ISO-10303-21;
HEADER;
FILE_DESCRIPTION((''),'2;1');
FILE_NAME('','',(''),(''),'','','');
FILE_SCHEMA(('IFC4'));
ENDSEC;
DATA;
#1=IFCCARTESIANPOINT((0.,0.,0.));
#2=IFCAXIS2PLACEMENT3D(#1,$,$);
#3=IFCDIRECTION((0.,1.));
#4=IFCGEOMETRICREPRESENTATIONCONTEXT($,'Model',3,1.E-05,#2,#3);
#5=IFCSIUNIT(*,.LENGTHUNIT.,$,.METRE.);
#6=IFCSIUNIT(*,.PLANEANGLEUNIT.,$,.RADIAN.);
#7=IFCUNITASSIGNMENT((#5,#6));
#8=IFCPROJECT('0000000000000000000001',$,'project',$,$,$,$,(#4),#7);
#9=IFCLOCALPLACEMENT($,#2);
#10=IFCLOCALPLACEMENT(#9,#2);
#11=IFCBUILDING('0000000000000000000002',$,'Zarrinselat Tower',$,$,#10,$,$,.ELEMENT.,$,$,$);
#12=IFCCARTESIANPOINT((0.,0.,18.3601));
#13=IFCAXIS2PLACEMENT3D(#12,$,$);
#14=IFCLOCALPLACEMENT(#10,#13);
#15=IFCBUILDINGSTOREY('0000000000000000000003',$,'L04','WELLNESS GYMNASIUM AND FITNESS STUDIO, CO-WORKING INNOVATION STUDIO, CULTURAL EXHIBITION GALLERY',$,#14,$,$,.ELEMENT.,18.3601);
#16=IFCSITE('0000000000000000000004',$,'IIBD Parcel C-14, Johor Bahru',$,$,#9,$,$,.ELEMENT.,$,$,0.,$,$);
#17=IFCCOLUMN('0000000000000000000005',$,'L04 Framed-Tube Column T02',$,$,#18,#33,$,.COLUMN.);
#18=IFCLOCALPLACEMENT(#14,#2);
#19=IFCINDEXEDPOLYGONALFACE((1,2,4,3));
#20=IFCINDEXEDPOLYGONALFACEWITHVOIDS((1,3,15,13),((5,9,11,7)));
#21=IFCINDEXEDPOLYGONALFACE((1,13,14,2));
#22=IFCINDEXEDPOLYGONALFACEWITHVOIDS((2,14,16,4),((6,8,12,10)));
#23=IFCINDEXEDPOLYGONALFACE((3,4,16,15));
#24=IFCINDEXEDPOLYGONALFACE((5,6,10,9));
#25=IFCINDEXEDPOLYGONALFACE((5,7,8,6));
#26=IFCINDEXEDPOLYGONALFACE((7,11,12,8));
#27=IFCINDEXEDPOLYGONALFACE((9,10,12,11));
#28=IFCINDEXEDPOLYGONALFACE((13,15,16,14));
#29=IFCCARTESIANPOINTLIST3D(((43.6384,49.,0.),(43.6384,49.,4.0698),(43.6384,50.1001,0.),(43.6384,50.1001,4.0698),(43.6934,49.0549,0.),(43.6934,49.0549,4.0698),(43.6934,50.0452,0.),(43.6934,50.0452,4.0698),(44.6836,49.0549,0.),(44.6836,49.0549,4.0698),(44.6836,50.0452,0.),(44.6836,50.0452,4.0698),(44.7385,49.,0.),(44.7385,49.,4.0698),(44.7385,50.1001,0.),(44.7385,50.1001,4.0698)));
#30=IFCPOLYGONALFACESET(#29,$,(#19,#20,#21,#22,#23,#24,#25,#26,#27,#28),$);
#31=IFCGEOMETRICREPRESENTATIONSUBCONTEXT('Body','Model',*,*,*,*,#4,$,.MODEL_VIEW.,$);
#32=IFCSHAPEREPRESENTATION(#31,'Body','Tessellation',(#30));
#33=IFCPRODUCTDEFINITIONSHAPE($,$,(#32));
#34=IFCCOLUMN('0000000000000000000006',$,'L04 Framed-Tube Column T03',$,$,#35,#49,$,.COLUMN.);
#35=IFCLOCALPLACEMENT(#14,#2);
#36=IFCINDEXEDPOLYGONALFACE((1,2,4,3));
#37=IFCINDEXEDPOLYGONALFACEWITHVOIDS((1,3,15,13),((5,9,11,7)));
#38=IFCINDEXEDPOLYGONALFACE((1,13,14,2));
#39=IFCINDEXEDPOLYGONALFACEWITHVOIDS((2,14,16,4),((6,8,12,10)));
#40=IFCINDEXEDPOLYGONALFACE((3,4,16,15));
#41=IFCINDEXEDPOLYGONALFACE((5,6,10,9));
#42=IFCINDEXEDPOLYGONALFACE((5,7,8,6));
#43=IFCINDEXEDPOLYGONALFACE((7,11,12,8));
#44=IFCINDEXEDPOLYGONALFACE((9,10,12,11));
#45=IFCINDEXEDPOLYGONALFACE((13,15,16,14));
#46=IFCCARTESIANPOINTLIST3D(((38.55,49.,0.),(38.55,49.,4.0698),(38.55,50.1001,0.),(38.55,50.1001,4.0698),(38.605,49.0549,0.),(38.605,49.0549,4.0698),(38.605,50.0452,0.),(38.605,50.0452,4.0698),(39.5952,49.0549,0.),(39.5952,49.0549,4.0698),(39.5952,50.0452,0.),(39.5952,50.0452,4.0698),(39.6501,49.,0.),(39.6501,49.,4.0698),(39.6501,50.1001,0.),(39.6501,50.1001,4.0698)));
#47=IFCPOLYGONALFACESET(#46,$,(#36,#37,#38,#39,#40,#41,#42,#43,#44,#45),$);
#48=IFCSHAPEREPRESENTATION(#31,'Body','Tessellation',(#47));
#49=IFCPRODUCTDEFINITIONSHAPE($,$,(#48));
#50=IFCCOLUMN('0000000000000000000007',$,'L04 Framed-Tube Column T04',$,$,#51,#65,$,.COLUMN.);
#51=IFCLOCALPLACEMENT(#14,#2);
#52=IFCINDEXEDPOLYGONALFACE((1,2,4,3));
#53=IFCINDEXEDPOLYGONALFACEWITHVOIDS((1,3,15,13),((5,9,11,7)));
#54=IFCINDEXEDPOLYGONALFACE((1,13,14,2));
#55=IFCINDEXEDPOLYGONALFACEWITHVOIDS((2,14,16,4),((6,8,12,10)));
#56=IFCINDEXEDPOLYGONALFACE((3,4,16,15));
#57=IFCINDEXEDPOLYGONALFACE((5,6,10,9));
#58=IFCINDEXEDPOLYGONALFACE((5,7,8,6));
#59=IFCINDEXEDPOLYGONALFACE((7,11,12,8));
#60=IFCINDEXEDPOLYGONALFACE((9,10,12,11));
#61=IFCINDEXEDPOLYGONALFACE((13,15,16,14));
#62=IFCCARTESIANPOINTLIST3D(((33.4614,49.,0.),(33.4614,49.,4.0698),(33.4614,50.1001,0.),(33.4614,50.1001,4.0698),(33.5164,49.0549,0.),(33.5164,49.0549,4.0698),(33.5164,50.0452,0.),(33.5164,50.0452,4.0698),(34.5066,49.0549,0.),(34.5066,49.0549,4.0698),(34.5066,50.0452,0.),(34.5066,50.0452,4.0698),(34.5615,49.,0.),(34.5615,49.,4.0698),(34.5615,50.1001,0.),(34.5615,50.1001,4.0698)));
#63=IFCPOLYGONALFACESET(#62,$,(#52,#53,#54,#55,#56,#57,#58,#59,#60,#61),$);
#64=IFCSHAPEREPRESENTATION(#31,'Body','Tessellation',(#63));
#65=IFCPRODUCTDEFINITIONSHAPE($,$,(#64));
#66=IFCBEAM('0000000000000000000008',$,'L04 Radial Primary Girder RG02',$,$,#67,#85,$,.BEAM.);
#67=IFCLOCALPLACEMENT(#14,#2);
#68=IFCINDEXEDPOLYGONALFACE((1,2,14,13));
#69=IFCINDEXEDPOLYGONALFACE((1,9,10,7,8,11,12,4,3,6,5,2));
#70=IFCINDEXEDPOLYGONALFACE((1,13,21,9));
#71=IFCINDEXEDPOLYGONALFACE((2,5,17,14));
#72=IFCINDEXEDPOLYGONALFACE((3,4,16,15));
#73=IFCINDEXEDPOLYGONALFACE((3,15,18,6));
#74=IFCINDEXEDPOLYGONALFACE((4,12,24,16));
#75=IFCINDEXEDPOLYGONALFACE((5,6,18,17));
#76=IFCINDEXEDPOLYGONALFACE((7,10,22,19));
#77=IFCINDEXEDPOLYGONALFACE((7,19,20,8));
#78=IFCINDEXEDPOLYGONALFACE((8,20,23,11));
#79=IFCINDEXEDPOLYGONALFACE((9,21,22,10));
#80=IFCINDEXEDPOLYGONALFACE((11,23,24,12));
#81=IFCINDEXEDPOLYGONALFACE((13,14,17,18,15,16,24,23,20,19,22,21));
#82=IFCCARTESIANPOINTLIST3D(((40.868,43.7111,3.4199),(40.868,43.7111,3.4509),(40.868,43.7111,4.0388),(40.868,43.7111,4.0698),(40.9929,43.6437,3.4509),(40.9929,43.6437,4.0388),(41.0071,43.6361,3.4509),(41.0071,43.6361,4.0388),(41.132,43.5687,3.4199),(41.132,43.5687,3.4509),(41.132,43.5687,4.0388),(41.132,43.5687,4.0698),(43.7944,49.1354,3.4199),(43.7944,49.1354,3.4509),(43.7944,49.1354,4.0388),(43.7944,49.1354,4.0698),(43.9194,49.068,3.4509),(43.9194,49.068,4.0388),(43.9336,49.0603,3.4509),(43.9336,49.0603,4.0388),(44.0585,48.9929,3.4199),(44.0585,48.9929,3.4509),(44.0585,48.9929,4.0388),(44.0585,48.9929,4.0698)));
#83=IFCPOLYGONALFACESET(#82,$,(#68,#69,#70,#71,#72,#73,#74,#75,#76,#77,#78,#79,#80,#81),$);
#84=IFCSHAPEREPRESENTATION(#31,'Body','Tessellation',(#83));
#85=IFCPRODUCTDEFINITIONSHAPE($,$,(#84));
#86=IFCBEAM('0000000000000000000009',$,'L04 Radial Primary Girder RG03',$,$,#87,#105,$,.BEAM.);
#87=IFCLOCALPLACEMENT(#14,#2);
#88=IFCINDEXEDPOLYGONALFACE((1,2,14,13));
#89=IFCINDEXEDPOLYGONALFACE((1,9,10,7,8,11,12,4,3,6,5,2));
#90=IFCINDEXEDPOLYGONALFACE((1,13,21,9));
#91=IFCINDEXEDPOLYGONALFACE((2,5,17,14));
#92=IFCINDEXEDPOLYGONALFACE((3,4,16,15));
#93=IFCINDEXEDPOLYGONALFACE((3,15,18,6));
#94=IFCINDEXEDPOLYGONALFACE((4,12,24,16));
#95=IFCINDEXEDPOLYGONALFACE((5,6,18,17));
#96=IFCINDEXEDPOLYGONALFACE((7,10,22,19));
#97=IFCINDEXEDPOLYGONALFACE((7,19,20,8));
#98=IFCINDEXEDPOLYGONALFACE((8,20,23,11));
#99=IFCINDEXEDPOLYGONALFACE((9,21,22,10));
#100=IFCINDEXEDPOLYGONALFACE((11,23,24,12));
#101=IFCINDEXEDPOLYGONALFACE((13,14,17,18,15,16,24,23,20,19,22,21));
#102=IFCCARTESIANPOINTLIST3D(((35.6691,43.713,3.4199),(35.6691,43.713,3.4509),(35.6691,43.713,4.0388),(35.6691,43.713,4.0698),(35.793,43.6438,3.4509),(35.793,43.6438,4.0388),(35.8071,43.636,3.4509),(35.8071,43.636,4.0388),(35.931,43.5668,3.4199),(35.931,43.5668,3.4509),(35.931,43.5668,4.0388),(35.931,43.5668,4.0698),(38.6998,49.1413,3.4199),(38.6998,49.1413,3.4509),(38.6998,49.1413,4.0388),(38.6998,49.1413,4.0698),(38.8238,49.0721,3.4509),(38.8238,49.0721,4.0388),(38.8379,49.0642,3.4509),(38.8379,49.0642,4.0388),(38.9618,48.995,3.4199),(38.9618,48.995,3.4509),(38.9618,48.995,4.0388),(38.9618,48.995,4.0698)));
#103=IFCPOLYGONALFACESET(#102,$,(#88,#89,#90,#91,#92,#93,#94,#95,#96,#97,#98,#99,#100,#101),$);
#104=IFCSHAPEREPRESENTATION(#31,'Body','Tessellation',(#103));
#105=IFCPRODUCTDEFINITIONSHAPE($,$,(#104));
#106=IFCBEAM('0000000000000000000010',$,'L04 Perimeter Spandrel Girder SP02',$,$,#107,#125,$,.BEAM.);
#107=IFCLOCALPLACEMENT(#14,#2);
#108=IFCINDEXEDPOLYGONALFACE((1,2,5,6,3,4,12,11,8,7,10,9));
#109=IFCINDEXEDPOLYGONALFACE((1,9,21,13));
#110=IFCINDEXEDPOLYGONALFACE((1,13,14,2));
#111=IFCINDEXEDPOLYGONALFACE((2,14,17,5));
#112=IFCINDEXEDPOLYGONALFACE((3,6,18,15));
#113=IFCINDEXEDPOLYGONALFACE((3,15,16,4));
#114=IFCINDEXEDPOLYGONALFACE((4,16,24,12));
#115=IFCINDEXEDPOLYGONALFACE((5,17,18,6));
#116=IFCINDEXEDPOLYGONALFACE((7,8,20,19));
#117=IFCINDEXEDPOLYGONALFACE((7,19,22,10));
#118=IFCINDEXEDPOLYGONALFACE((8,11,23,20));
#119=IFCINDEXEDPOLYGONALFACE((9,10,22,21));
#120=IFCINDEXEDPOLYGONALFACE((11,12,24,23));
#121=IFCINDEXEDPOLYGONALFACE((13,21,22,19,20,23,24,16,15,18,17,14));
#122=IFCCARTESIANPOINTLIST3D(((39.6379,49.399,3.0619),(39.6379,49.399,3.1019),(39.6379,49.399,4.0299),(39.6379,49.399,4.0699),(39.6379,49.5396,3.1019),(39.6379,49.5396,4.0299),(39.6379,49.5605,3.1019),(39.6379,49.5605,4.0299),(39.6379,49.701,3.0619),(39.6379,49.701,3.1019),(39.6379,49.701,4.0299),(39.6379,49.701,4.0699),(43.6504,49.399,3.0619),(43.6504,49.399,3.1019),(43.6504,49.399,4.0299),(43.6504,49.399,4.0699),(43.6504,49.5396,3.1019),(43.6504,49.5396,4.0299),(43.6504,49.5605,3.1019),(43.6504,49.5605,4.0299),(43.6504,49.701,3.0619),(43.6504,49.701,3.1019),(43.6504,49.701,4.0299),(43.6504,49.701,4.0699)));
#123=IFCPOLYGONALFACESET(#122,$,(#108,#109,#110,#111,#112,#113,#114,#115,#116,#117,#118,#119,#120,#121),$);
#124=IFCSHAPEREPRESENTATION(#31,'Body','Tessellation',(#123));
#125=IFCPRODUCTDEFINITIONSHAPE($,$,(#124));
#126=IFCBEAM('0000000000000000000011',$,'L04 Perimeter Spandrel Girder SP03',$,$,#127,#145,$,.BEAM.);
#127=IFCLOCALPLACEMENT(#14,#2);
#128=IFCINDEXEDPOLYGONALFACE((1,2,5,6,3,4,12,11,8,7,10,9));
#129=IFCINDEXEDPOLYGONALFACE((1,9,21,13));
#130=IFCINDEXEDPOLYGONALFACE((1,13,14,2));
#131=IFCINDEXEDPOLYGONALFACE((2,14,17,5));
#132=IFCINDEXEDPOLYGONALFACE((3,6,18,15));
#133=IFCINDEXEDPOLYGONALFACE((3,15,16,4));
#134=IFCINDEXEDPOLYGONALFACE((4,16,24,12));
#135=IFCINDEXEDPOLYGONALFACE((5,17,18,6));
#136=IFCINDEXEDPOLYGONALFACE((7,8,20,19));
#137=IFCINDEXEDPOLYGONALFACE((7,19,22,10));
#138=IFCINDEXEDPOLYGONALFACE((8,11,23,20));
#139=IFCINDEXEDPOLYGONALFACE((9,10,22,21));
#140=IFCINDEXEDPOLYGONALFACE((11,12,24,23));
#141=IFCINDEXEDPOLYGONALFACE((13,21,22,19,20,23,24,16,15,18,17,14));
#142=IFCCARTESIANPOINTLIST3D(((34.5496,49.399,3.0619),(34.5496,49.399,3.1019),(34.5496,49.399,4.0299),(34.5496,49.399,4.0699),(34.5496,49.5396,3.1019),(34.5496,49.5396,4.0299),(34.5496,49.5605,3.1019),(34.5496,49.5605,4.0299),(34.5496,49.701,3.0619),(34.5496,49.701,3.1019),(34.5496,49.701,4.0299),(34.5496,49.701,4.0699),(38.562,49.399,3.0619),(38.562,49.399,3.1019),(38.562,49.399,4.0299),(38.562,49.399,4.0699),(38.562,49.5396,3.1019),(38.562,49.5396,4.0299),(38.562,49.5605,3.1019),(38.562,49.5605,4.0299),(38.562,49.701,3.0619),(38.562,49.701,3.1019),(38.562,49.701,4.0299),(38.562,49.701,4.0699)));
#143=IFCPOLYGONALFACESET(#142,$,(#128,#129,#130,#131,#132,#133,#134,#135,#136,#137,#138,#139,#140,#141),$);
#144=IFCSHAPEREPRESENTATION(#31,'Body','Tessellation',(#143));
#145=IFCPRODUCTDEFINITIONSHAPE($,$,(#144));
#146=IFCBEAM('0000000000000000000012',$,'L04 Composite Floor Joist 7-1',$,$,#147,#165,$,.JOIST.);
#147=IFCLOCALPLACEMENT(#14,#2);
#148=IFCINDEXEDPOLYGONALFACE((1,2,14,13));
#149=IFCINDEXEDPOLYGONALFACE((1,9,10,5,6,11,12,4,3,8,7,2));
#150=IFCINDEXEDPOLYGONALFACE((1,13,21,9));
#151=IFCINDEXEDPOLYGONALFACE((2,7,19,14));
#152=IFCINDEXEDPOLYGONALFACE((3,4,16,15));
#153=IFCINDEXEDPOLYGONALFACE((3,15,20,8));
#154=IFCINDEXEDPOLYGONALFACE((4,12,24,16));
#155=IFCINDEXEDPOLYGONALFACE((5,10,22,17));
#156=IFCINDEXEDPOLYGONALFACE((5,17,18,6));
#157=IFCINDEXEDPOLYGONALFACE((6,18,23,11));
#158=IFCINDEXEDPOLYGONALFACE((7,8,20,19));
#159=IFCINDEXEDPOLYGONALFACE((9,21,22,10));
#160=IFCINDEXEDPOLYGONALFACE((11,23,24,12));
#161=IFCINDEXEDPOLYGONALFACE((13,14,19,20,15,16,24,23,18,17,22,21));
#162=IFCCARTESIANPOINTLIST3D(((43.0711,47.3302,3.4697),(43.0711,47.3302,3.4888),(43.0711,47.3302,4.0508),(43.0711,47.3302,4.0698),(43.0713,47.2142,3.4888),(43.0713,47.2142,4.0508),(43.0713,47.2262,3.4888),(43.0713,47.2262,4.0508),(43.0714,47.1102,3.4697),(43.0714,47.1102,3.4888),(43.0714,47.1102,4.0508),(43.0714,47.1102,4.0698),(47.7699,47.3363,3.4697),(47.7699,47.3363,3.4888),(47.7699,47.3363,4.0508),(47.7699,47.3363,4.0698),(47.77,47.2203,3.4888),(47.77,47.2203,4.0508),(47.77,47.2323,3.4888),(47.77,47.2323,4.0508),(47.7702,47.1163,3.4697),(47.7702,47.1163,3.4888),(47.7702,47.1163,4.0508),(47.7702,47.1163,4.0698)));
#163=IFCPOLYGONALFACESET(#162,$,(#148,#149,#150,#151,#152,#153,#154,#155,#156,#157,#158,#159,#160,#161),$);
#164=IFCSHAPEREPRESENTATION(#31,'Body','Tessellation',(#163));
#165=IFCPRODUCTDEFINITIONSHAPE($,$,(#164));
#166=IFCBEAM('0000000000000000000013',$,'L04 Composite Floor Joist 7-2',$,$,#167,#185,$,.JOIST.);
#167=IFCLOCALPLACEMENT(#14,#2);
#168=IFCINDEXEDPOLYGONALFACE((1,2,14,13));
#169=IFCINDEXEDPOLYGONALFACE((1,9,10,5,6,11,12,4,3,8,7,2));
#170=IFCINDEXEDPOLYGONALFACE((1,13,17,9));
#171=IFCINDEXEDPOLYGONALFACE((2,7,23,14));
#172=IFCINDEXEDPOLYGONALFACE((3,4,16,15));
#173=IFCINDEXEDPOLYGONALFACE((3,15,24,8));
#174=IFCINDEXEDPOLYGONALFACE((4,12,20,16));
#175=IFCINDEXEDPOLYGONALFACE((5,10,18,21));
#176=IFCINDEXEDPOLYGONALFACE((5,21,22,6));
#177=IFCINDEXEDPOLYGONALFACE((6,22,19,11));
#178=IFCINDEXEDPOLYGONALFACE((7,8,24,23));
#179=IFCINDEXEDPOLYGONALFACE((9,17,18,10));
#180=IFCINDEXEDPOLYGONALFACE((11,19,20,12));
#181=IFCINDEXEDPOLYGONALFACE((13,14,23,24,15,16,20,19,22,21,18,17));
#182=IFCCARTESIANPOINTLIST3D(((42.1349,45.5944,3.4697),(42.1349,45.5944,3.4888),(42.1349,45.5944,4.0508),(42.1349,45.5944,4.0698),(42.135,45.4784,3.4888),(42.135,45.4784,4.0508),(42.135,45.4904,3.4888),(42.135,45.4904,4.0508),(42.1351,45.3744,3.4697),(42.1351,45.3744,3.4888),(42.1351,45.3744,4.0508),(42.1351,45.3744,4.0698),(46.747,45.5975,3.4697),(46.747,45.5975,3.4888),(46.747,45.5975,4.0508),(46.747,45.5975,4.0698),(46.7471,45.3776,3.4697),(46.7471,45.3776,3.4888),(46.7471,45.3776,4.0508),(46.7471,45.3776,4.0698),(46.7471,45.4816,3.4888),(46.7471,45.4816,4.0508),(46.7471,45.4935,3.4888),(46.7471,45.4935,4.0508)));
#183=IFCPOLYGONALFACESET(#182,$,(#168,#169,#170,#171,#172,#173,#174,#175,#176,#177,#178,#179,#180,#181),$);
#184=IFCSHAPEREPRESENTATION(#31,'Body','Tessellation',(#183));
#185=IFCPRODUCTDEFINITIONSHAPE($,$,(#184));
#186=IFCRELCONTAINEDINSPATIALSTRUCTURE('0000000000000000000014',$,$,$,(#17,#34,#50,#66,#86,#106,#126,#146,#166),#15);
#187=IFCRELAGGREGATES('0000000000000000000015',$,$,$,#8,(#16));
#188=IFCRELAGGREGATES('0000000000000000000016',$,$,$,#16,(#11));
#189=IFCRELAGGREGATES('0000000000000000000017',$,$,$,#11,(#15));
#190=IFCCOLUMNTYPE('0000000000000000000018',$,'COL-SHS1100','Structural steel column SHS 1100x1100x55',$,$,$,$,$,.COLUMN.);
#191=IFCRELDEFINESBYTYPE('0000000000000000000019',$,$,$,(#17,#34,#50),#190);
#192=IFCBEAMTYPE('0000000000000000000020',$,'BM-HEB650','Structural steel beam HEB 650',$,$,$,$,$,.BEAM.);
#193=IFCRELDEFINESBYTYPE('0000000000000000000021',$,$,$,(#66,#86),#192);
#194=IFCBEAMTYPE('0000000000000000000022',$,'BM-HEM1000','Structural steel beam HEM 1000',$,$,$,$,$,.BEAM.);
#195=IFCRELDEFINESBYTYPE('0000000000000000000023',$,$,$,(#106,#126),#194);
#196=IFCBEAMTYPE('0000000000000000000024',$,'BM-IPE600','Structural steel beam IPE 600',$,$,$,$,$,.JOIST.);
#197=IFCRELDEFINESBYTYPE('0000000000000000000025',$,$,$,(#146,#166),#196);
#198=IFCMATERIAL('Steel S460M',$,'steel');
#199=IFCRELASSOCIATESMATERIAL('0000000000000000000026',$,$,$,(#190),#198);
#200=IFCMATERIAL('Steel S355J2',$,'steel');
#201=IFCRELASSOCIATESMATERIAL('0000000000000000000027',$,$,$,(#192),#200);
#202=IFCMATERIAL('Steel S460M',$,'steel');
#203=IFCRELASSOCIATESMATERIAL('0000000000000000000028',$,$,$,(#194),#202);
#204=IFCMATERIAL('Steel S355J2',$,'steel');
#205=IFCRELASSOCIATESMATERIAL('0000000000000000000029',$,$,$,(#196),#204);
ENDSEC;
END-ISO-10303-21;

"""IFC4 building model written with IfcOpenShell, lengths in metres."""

from ifc_helpers import new_model, si_unit, direction, frame, origin, origin_2d, place, context, subcontext, project, spatial, hollow_rectangle, i_section, extrude, material, material_profile, profile_set, type_object, element, save


model = new_model("IFC4")

# Units and contexts
model_context = context("Model", 3, precision=1e-05, world=origin(), true_north=direction((0.0, 1.0)))
body_context = subcontext(model_context, "Body", "Model", "MODEL_VIEW")
ifc_project = project(units=[si_unit("LENGTHUNIT", "METRE"), si_unit("PLANEANGLEUNIT", "RADIAN")], contexts=[model_context])

# Site, building, storey
site_placement = place(None, origin())
site = spatial("IfcSite", under=ifc_project, at=site_placement, Name="IIBD Parcel C-14, Johor Bahru", CompositionType="ELEMENT", RefElevation=0.0)
building_placement = place(site_placement, origin())
building = spatial("IfcBuilding", under=site, at=building_placement, Name="Zarrinselat Tower", CompositionType="ELEMENT")
storey_placement = place(building_placement, frame((0.0, 0.0, 18.3601)))
storey = spatial("IfcBuildingStorey", under=building, at=storey_placement, Name="L04", Description="WELLNESS GYMNASIUM AND FITNESS STUDIO, CO-WORKING INNOVATION STUDIO, CULTURAL EXHIBITION GALLERY", CompositionType="ELEMENT", Elevation=18.3601)

# Columns
ifc_material_1 = material(Name="Steel S460M", Category="steel")
ifc_material_profile_1 = material_profile(ifc_material_1, hollow_rectangle(XDim=1.1001, YDim=1.1001, WallThickness=0.0549, at=origin_2d()), Name="SHS 1100x1100x55")
ifc_profile_set_1 = profile_set([ifc_material_profile_1], Name="Steel S460M")
column_type = type_object("IfcColumnType", Name="COL-SHS1100", Description="Structural steel column SHS 1100x1100x55", PredefinedType="COLUMN", material=ifc_profile_set_1)
for number, where, z_axis, x_axis, name in (
    (1, (44.1885, 49.55, 0.0), (0.0, 0.0, 1.0), (1.0, 0.0, 0.0), "L04 Framed-Tube Column T02"),
    (2, (39.1001, 49.55, 0.0), (0.0, 0.0, 1.0), (1.0, 0.0, 0.0), "L04 Framed-Tube Column T03"),
    (3, (34.0115, 49.55, 0.0), (0.0, 0.0, 1.0), (1.0, 0.0, 0.0), "L04 Framed-Tube Column T04"),
):
    element("IfcColumn", number, at=place(storey_placement, frame(where, z_axis=z_axis, x_axis=x_axis)), inside=storey, type_object=column_type, Name=name, PredefinedType="COLUMN", context=body_context, shape_type="SweptSolid", body=[
        extrude(hollow_rectangle(XDim=1.1001, YDim=1.1001, WallThickness=0.0549, at=origin_2d()), origin(), (0.0, 0.0, 1.0), 4.0698),
    ])

# Beams
ifc_material_2 = material(Name="Steel S355J2", Category="steel")
ifc_material_profile_2 = material_profile(ifc_material_2, i_section(OverallWidth=0.3, OverallDepth=0.6499, WebThickness=0.0161, FlangeThickness=0.031, at=origin_2d()), Name="HEB 650")
ifc_profile_set_2 = profile_set([ifc_material_profile_2], Name="Steel S355J2")
beam_type_1 = type_object("IfcBeamType", Name="BM-HEB650", Description="Structural steel beam HEB 650", PredefinedType="BEAM", material=ifc_profile_set_2)
beam_1_placement = place(storey_placement, frame((41.0, 43.6399, 3.7449), z_axis=(0.47482, 0.880083, 0.0), x_axis=(-0.880083, 0.47482, 0.0)))
element("IfcBeam", 4, at=beam_1_placement, inside=storey, type_object=beam_type_1, Name="L04 Radial Primary Girder RG02", PredefinedType="BEAM", context=body_context, shape_type="SweptSolid", body=[
    extrude(i_section(OverallWidth=0.3, OverallDepth=0.6499, WebThickness=0.0161, FlangeThickness=0.031, at=origin_2d()), origin(), (0.0, 0.0, 1.0), 6.1633),
])
beam_2_placement = place(storey_placement, frame((35.8, 43.6399, 3.7449), z_axis=(0.487496, 0.873125, 0.0), x_axis=(-0.873125, 0.487496, 0.0)))
element("IfcBeam", 5, at=beam_2_placement, inside=storey, type_object=beam_type_1, Name="L04 Radial Primary Girder RG03", PredefinedType="BEAM", context=body_context, shape_type="SweptSolid", body=[
    extrude(i_section(OverallWidth=0.3, OverallDepth=0.6499, WebThickness=0.0161, FlangeThickness=0.031, at=origin_2d()), origin(), (0.0, 0.0, 1.0), 6.217),
])
ifc_material_3 = material(Name="Steel S460M", Category="steel")
ifc_material_profile_3 = material_profile(ifc_material_3, i_section(OverallWidth=0.302, OverallDepth=1.0081, WebThickness=0.021, FlangeThickness=0.04, at=origin_2d()), Name="HEM 1000")
ifc_profile_set_3 = profile_set([ifc_material_profile_3], Name="Steel S460M")
beam_type_2 = type_object("IfcBeamType", Name="BM-HEM1000", Description="Structural steel beam HEM 1000", PredefinedType="BEAM", material=ifc_profile_set_3)
for number, where, z_axis, x_axis, name in (
    (6, (39.6379, 49.55, 3.5659), (1.0, 0.0, 0.0), (0.0, 1.0, 0.0), "L04 Perimeter Spandrel Girder SP02"),
    (7, (34.5496, 49.55, 3.5659), (1.0, 0.0, 0.0), (0.0, 1.0, 0.0), "L04 Perimeter Spandrel Girder SP03"),
):
    element("IfcBeam", number, at=place(storey_placement, frame(where, z_axis=z_axis, x_axis=x_axis)), inside=storey, type_object=beam_type_2, Name=name, PredefinedType="BEAM", context=body_context, shape_type="SweptSolid", body=[
        extrude(i_section(OverallWidth=0.302, OverallDepth=1.0081, WebThickness=0.021, FlangeThickness=0.04, at=origin_2d()), origin(), (0.0, 0.0, 1.0), 4.0125),
    ])
ifc_material_4 = material(Name="Steel S355J2", Category="steel")
ifc_material_profile_4 = material_profile(ifc_material_4, i_section(OverallWidth=0.22, OverallDepth=0.6001, WebThickness=0.012, FlangeThickness=0.019, at=origin_2d()), Name="IPE 600")
ifc_profile_set_4 = profile_set([ifc_material_profile_4], Name="Steel S355J2")
beam_type_3 = type_object("IfcBeamType", Name="BM-IPE600", Description="Structural steel beam IPE 600", PredefinedType="JOIST", material=ifc_profile_set_4)
beam_3_placement = place(storey_placement, frame((43.0713, 47.2202, 3.7698), z_axis=(0.999999, 0.001299, 0.0), x_axis=(-0.001299, 0.999999, 0.0)))
element("IfcBeam", 8, at=beam_3_placement, inside=storey, type_object=beam_type_3, Name="L04 Composite Floor Joist 7-1", PredefinedType="JOIST", context=body_context, shape_type="SweptSolid", body=[
    extrude(i_section(OverallWidth=0.22, OverallDepth=0.6001, WebThickness=0.012, FlangeThickness=0.019, at=origin_2d()), origin(), (0.0, 0.0, 1.0), 4.6987),
])
beam_4_placement = place(storey_placement, frame((42.135, 45.4844, 3.7698), z_axis=(1.0, 0.000688, 0.0), x_axis=(-0.000688, 1.0, 0.0)))
element("IfcBeam", 9, at=beam_4_placement, inside=storey, type_object=beam_type_3, Name="L04 Composite Floor Joist 7-2", PredefinedType="JOIST", context=body_context, shape_type="SweptSolid", body=[
    extrude(i_section(OverallWidth=0.22, OverallDepth=0.6001, WebThickness=0.012, FlangeThickness=0.019, at=origin_2d()), origin(), (0.0, 0.0, 1.0), 4.6121),
])

save(model, "model.ifc")
